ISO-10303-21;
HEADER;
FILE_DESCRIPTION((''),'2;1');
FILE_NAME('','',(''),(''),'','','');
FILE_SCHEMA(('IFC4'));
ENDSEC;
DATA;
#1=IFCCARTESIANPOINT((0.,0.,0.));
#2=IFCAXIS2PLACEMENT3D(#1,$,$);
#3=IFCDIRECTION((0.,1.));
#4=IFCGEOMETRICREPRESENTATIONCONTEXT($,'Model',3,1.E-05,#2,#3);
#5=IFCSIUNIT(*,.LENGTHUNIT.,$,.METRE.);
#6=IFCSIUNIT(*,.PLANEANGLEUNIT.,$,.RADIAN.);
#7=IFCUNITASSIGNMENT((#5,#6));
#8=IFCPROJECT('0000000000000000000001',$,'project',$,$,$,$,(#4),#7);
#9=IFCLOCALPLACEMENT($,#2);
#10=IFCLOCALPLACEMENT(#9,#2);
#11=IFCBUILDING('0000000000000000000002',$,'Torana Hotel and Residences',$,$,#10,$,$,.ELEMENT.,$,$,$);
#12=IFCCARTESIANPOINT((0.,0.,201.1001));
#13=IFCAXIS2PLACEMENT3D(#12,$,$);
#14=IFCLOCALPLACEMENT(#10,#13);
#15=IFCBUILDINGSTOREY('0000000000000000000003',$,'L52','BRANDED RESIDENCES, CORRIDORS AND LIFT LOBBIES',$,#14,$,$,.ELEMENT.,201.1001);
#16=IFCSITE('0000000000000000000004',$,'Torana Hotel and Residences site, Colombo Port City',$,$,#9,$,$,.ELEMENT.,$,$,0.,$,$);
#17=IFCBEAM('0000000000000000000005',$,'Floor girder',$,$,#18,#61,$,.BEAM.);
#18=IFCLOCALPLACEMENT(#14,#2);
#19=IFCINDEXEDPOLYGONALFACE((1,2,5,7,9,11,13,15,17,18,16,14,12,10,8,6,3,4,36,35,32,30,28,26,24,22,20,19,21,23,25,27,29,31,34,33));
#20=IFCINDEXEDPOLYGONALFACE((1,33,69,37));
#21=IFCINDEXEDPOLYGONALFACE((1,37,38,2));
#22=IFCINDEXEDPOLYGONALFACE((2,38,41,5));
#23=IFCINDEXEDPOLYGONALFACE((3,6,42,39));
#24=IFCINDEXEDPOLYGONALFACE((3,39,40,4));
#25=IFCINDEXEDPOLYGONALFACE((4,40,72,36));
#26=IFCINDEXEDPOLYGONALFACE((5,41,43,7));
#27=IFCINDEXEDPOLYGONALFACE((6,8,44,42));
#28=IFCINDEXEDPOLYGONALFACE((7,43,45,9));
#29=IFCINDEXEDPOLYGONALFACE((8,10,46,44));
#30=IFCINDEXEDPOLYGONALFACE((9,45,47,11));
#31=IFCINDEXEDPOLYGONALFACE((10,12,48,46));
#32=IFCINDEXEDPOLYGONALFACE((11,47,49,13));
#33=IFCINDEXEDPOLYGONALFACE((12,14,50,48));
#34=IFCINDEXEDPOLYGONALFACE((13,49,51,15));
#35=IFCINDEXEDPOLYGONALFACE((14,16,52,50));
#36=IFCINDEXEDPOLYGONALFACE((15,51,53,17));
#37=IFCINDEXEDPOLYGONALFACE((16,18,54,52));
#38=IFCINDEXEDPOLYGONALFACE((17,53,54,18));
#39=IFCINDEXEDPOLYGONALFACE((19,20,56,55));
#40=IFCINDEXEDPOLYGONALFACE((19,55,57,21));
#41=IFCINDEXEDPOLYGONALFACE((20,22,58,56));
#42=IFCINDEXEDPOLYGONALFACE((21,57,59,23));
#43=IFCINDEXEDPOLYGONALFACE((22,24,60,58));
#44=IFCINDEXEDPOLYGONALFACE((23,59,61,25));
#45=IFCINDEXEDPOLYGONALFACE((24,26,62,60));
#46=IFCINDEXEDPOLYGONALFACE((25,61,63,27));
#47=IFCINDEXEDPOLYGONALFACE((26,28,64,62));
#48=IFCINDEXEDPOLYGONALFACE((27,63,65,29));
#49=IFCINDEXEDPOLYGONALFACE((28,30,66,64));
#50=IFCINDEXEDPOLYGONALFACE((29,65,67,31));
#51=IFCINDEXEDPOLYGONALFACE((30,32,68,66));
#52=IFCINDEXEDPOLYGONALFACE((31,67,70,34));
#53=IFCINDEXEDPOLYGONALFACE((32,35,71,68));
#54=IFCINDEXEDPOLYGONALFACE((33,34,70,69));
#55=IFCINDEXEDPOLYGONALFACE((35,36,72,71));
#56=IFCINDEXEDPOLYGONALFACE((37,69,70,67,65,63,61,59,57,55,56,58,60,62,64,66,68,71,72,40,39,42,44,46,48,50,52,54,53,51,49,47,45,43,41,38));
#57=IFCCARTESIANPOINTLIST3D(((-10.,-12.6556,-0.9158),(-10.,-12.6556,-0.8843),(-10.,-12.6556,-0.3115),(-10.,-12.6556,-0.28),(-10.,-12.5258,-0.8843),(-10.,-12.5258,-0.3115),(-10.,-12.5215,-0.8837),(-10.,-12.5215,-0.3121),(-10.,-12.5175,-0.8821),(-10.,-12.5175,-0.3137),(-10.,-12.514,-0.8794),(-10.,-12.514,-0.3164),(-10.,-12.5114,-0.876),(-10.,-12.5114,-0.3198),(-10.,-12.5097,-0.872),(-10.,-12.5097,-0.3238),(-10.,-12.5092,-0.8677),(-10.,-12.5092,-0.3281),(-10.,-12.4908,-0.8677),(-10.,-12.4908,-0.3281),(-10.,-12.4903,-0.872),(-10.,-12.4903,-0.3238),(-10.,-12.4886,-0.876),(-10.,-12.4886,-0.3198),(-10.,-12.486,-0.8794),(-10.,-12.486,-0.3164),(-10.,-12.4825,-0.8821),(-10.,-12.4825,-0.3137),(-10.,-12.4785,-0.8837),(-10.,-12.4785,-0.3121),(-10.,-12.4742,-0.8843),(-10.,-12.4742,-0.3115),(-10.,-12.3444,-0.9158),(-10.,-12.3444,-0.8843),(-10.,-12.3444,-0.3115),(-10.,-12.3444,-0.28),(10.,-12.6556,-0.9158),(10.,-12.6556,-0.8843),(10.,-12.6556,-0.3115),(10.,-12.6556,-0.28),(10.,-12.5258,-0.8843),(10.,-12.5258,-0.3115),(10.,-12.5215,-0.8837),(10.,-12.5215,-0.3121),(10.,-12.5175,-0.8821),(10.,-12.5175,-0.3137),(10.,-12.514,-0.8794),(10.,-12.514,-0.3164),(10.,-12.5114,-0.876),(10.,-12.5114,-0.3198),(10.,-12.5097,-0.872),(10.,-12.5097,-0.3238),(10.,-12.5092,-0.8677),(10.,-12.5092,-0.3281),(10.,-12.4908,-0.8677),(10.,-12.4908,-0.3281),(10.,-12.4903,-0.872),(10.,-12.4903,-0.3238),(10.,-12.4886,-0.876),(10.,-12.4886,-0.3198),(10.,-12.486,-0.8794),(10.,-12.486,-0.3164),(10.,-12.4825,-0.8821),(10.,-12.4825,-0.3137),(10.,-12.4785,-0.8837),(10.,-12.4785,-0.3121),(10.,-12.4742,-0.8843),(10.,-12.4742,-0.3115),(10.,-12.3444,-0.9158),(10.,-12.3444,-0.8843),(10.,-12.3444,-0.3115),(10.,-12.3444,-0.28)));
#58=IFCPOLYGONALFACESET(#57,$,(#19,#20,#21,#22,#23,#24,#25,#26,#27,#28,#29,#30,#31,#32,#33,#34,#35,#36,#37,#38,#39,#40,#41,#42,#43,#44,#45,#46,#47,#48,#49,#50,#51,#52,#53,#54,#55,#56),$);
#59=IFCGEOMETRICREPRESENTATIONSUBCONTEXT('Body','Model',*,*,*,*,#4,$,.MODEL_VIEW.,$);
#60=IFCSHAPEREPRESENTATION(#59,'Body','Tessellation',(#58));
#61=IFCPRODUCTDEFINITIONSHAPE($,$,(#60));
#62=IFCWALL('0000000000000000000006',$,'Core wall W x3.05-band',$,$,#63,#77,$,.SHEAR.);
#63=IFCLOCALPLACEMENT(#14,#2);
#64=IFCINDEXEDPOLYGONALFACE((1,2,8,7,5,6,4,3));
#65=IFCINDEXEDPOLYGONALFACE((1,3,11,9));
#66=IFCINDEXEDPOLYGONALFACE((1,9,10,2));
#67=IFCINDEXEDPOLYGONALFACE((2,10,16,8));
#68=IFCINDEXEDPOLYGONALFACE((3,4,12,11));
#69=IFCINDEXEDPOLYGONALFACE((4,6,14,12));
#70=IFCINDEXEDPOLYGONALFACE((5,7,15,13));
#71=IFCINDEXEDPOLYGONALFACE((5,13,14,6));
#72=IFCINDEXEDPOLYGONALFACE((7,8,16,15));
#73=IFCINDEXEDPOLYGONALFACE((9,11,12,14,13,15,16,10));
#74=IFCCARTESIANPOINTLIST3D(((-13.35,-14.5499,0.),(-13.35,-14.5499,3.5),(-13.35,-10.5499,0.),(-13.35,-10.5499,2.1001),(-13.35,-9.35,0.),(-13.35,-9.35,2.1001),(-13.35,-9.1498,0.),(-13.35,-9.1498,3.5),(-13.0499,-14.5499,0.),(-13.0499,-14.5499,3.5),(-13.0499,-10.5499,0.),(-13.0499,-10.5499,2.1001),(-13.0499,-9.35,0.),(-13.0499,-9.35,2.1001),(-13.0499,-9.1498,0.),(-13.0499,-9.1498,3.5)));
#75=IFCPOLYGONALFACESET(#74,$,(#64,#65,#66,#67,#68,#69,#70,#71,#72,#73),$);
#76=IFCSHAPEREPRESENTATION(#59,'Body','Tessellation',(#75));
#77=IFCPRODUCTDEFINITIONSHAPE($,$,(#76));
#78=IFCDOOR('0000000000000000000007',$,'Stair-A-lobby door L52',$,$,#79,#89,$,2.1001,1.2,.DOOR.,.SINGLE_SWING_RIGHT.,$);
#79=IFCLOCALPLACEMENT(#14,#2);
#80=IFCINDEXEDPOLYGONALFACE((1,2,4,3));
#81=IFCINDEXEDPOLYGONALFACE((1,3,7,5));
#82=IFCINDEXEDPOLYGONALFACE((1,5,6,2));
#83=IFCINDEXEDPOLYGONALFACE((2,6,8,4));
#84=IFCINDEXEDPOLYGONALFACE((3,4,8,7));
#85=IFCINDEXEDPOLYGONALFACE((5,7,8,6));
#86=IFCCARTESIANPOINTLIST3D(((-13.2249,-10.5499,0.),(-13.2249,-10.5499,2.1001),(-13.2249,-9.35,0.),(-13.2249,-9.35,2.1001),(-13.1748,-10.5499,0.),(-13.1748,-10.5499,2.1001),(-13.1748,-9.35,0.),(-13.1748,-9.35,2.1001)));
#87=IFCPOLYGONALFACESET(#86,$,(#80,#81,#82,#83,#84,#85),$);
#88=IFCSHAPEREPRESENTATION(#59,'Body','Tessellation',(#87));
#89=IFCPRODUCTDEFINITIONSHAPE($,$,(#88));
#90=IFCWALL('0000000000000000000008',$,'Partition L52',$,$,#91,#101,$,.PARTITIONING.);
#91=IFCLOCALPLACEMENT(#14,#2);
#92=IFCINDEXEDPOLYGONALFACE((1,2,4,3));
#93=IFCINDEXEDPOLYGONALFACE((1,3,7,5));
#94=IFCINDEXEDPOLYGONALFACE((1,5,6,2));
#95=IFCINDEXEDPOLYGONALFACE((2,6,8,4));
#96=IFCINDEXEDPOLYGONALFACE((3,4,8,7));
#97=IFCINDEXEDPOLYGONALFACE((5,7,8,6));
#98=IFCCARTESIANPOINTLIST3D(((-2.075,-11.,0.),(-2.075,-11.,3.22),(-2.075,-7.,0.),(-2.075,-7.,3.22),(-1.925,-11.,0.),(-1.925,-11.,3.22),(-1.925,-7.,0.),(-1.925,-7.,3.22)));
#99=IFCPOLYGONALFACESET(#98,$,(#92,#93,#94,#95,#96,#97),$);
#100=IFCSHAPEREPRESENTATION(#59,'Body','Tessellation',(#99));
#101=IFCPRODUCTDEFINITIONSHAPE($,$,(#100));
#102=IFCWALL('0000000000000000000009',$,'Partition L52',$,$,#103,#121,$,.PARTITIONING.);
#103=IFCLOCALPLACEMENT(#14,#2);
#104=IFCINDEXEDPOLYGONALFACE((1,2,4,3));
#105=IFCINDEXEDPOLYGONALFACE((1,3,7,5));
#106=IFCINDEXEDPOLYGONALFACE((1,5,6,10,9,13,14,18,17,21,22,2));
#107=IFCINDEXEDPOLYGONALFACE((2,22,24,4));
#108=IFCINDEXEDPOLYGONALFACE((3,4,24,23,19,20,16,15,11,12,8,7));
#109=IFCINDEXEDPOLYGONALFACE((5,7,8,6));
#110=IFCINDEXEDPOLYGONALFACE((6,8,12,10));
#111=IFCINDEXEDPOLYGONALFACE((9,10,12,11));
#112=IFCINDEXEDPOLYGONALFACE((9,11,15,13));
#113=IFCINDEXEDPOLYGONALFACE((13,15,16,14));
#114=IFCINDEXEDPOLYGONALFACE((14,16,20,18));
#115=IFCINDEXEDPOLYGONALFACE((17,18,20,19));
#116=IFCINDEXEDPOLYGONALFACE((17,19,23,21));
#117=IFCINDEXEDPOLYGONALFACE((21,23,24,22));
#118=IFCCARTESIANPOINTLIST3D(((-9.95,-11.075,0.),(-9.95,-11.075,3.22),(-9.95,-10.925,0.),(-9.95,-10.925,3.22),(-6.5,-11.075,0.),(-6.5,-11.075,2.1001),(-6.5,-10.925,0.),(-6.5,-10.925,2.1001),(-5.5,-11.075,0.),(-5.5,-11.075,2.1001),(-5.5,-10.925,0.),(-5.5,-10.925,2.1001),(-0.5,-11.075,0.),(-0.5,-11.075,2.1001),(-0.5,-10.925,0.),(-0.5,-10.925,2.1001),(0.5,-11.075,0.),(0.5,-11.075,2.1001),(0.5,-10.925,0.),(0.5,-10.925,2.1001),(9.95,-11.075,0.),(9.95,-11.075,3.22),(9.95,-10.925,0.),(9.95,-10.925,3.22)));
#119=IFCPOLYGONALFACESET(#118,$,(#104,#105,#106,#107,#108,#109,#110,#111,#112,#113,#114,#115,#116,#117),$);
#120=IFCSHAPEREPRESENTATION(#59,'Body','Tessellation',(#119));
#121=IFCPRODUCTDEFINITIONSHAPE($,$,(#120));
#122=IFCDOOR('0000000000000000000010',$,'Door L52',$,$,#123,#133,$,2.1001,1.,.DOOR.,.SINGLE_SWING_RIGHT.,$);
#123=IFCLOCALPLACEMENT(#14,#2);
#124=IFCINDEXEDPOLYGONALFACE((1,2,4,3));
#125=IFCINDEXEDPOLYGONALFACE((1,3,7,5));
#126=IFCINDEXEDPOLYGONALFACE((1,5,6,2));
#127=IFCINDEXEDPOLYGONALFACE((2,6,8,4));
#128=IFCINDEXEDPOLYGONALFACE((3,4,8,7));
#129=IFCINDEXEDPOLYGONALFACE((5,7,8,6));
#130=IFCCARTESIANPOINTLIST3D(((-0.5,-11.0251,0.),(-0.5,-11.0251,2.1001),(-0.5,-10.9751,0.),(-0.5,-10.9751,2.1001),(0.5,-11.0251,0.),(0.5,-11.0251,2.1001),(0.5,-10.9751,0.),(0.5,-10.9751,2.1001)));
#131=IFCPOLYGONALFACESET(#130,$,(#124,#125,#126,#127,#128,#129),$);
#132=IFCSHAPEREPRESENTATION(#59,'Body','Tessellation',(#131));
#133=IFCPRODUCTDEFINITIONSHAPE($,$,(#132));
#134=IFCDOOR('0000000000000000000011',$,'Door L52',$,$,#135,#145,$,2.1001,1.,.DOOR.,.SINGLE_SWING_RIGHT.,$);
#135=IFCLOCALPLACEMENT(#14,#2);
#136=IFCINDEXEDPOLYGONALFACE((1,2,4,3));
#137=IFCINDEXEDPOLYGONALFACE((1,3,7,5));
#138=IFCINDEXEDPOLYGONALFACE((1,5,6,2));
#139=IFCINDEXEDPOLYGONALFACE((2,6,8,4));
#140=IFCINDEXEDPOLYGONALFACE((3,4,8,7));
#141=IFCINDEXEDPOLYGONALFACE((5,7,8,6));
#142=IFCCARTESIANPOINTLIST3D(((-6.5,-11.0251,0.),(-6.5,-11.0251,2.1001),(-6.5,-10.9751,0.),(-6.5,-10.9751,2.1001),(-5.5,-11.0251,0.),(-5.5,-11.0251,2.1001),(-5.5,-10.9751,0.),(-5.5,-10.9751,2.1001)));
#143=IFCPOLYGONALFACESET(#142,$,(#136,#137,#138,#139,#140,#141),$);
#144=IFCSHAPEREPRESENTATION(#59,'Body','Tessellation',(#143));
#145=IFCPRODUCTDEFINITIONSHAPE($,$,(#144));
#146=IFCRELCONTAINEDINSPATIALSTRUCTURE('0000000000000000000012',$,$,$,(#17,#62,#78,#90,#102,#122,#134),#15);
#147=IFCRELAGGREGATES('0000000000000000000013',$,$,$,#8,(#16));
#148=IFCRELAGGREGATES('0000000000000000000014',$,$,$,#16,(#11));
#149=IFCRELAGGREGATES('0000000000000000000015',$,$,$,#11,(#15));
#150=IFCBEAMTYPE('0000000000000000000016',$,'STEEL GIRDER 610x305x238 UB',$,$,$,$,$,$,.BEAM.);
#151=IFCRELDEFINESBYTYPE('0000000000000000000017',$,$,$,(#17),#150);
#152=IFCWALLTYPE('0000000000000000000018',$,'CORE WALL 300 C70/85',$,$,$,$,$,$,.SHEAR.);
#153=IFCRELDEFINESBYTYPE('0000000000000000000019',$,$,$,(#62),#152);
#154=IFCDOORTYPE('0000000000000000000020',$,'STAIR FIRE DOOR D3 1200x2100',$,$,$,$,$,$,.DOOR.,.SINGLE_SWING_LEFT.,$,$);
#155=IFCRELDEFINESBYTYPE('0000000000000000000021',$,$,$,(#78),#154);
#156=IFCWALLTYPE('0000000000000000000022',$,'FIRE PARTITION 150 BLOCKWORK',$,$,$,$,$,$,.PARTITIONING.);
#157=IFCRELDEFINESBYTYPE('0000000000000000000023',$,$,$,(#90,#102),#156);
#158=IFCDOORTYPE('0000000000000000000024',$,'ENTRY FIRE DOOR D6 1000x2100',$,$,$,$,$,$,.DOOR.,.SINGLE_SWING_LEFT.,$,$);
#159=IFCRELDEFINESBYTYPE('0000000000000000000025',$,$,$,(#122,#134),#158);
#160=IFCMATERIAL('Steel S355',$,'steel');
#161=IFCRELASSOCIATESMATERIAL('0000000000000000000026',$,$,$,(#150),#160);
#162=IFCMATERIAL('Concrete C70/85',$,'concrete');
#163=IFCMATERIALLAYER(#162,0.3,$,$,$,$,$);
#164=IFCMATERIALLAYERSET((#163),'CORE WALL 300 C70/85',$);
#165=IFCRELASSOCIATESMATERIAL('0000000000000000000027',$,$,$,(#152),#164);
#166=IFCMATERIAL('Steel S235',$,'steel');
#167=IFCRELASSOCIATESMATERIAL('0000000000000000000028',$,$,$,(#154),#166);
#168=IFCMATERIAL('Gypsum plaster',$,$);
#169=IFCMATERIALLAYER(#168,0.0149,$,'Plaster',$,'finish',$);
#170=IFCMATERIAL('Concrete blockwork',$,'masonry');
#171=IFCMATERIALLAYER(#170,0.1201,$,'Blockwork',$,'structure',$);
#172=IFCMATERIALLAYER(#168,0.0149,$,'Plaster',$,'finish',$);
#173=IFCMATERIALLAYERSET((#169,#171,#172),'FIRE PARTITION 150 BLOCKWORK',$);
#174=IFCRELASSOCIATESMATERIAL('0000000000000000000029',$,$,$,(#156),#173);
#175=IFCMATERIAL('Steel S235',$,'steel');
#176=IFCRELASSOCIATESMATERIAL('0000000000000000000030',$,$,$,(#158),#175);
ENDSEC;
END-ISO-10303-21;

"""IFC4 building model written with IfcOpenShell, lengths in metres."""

from ifc_helpers import new_model, si_unit, direction, frame, frame_2d, origin, origin_2d, place, context, subcontext, project, spatial, rectangle, i_section, extrude, material, layer, layer_set, material_profile, profile_set, type_object, element, fill, save


model = new_model("IFC4")

# Units and contexts
model_context = context("Model", 3, precision=1e-05, world=origin(), true_north=direction((0.0, 1.0)))
body_context = subcontext(model_context, "Body", "Model", "MODEL_VIEW")
ifc_project = project(units=[si_unit("LENGTHUNIT", "METRE"), si_unit("PLANEANGLEUNIT", "RADIAN")], contexts=[model_context])

# Site, building, storey
site_placement = place(None, origin())
site = spatial("IfcSite", under=ifc_project, at=site_placement, Name="Torana Hotel and Residences site, Colombo Port City", CompositionType="ELEMENT", RefElevation=0.0)
building_placement = place(site_placement, origin())
building = spatial("IfcBuilding", under=site, at=building_placement, Name="Torana Hotel and Residences", CompositionType="ELEMENT")
storey_placement = place(building_placement, frame((0.0, 0.0, 201.1001)))
storey = spatial("IfcBuildingStorey", under=building, at=storey_placement, Name="L52", Description="BRANDED RESIDENCES, CORRIDORS AND LIFT LOBBIES", CompositionType="ELEMENT", Elevation=201.1001)

# Beam
ifc_material_1 = material(Name="Steel S355", Category="steel")
ifc_material_profile = material_profile(ifc_material_1, i_section(OverallWidth=0.3113, OverallDepth=0.6357, WebThickness=0.0183, FlangeThickness=0.0315, FilletRadius=0.0166, at=origin_2d()), Name="610x305x238 UB")
ifc_profile_set = profile_set([ifc_material_profile], Name="Steel S355")
beam_type = type_object("IfcBeamType", Name="STEEL GIRDER 610x305x238 UB", PredefinedType="BEAM", material=ifc_profile_set)
beam_placement = place(storey_placement, frame((-10.0, -12.5, -0.5979), z_axis=(1.0, 0.0, 0.0), x_axis=(0.0, 1.0, 0.0)))
element("IfcBeam", 1, at=beam_placement, inside=storey, type_object=beam_type, Name="Floor girder", PredefinedType="BEAM", context=body_context, shape_type="SweptSolid", body=[
    extrude(i_section(OverallWidth=0.3113, OverallDepth=0.6357, WebThickness=0.0183, FlangeThickness=0.0315, FilletRadius=0.0166, at=origin_2d()), origin(), (0.0, 0.0, 1.0), 20.0),
])

# Wall, opening, door
ifc_material_2 = material(Name="Concrete C70/85", Category="concrete")
ifc_layer_1 = layer(ifc_material_2, 0.3)
ifc_layer_set_1 = layer_set([ifc_layer_1], Name="CORE WALL 300 C70/85")
wall_type_1 = type_object("IfcWallType", Name="CORE WALL 300 C70/85", PredefinedType="SHEAR", material=ifc_layer_set_1)
wall_1_placement = place(storey_placement, frame((-13.2, -14.55, 0.0), z_axis=(0.0, 0.0, 1.0), x_axis=(0.0, 1.0, 0.0)))
wall_1 = element("IfcWall", 2, at=wall_1_placement, inside=storey, type_object=wall_type_1, Name="Core wall W x3.05-band", PredefinedType="SHEAR", context=body_context, shape_type="SweptSolid", body=[
    extrude(rectangle(XDim=5.4001, YDim=0.3, at=frame_2d((2.7002, 0.0))), origin(), (0.0, 0.0, 1.0), 3.5),
])
opening_1_placement = place(wall_1_placement, frame((4.0, 0.0, 0.0)))
opening_1 = element("IfcOpeningElement", 3, at=opening_1_placement, cuts=wall_1, PredefinedType="OPENING", context=body_context, shape_type="SweptSolid", body=[
    extrude(rectangle(XDim=1.2, YDim=2.1001, at=frame_2d((0.6001, 1.05))), frame((0.0, 0.1599, 0.0), z_axis=(0.0, -1.0, 0.0), x_axis=(1.0, 0.0, 0.0)), (0.0, 0.0, 1.0), 0.3201),
])
ifc_material_3 = material(Name="Steel S235", Category="steel")
door_type_1 = type_object("IfcDoorType", Name="STAIR FIRE DOOR D3 1200x2100", OperationType="SINGLE_SWING_LEFT", PredefinedType="DOOR", material=ifc_material_3)
door_1_placement = place(opening_1_placement, frame((0.6001, 0.0, 0.0), z_axis=(0.0, 0.0, 1.0), x_axis=(-1.0, 0.0, 0.0)))
door_1 = element("IfcDoor", 4, at=door_1_placement, inside=storey, type_object=door_type_1, Name="Stair-A-lobby door L52", OperationType="SINGLE_SWING_RIGHT", OverallHeight=2.1001, OverallWidth=1.2, PredefinedType="DOOR", context=body_context, shape_type="SweptSolid", body=[
    extrude(rectangle(XDim=1.2, YDim=2.1001, at=frame_2d((0.0, 1.05))), frame((0.0, -0.0249, 0.0), z_axis=(0.0, 1.0, 0.0), x_axis=(-1.0, 0.0, 0.0)), (0.0, 0.0, 1.0), 0.05),
])
fill(opening_1, door_1)

# Wall
ifc_material_4 = material(Name="Gypsum plaster")
ifc_layer_2 = layer(ifc_material_4, 0.0149, Name="Plaster", Category="finish")
ifc_material_5 = material(Name="Concrete blockwork", Category="masonry")
ifc_layer_3 = layer(ifc_material_5, 0.1201, Name="Blockwork", Category="structure")
ifc_layer_4 = layer(ifc_material_4, 0.0149, Name="Plaster", Category="finish")
ifc_layer_set_2 = layer_set([ifc_layer_2, ifc_layer_3, ifc_layer_4], Name="FIRE PARTITION 150 BLOCKWORK")
wall_type_2 = type_object("IfcWallType", Name="FIRE PARTITION 150 BLOCKWORK", PredefinedType="PARTITIONING", material=ifc_layer_set_2)
wall_2_placement = place(storey_placement, frame((-2.0, -11.0, 0.0), z_axis=(0.0, 0.0, 1.0), x_axis=(0.0, 1.0, 0.0)))
element("IfcWall", 5, at=wall_2_placement, inside=storey, type_object=wall_type_2, Name="Partition L52", PredefinedType="PARTITIONING", context=body_context, shape_type="SweptSolid", body=[
    extrude(rectangle(XDim=4.0, YDim=0.1499, at=frame_2d((2.0, 0.0))), origin(), (0.0, 0.0, 1.0), 3.22),
])

# Wall, openings, doors
wall_3_placement = place(storey_placement, frame((-9.95, -11.0, 0.0), z_axis=(0.0, 0.0, 1.0), x_axis=(1.0, 0.0, 0.0)))
wall_3 = element("IfcWall", 6, at=wall_3_placement, inside=storey, type_object=wall_type_2, Name="Partition L52", PredefinedType="PARTITIONING", context=body_context, shape_type="SweptSolid", body=[
    extrude(rectangle(XDim=19.8999, YDim=0.1499, at=frame_2d((9.95, 0.0))), origin(), (0.0, 0.0, 1.0), 3.22),
])
opening_2_placement = place(wall_3_placement, frame((9.45, 0.0, 0.0)))
opening_2 = element("IfcOpeningElement", 7, at=opening_2_placement, cuts=wall_3, PredefinedType="OPENING", context=body_context, shape_type="SweptSolid", body=[
    extrude(rectangle(XDim=1.0, YDim=2.1001, at=frame_2d((0.5, 1.05))), frame((0.0, 0.085, 0.0), z_axis=(0.0, -1.0, 0.0), x_axis=(1.0, 0.0, 0.0)), (0.0, 0.0, 1.0), 0.1699),
])
opening_3_placement = place(wall_3_placement, frame((3.45, 0.0, 0.0)))
opening_3 = element("IfcOpeningElement", 8, at=opening_3_placement, cuts=wall_3, PredefinedType="OPENING", context=body_context, shape_type="SweptSolid", body=[
    extrude(rectangle(XDim=1.0, YDim=2.1001, at=frame_2d((0.5, 1.05))), frame((0.0, 0.085, 0.0), z_axis=(0.0, -1.0, 0.0), x_axis=(1.0, 0.0, 0.0)), (0.0, 0.0, 1.0), 0.1699),
])
ifc_material_6 = material(Name="Steel S235", Category="steel")
door_type_2 = type_object("IfcDoorType", Name="ENTRY FIRE DOOR D6 1000x2100", OperationType="SINGLE_SWING_LEFT", PredefinedType="DOOR", material=ifc_material_6)
door_2_placement = place(opening_2_placement, origin())
door_2 = element("IfcDoor", 9, at=door_2_placement, inside=storey, type_object=door_type_2, Name="Door L52", OperationType="SINGLE_SWING_RIGHT", OverallHeight=2.1001, OverallWidth=1.0, PredefinedType="DOOR", context=body_context, shape_type="SweptSolid", body=[
    extrude(rectangle(XDim=1.0, YDim=2.1001, at=frame_2d((0.5, 1.05))), frame((0.0, 0.0249, 0.0), z_axis=(0.0, -1.0, 0.0), x_axis=(1.0, 0.0, 0.0)), (0.0, 0.0, 1.0), 0.05),
])
fill(opening_2, door_2)
door_3_placement = place(opening_3_placement, origin())
door_3 = element("IfcDoor", 10, at=door_3_placement, inside=storey, type_object=door_type_2, Name="Door L52", OperationType="SINGLE_SWING_RIGHT", OverallHeight=2.1001, OverallWidth=1.0, PredefinedType="DOOR", context=body_context, shape_type="SweptSolid", body=[
    extrude(rectangle(XDim=1.0, YDim=2.1001, at=frame_2d((0.5, 1.05))), frame((0.0, 0.0249, 0.0), z_axis=(0.0, -1.0, 0.0), x_axis=(1.0, 0.0, 0.0)), (0.0, 0.0, 1.0), 0.05),
])
fill(opening_3, door_3)

save(model, "model.ifc")
